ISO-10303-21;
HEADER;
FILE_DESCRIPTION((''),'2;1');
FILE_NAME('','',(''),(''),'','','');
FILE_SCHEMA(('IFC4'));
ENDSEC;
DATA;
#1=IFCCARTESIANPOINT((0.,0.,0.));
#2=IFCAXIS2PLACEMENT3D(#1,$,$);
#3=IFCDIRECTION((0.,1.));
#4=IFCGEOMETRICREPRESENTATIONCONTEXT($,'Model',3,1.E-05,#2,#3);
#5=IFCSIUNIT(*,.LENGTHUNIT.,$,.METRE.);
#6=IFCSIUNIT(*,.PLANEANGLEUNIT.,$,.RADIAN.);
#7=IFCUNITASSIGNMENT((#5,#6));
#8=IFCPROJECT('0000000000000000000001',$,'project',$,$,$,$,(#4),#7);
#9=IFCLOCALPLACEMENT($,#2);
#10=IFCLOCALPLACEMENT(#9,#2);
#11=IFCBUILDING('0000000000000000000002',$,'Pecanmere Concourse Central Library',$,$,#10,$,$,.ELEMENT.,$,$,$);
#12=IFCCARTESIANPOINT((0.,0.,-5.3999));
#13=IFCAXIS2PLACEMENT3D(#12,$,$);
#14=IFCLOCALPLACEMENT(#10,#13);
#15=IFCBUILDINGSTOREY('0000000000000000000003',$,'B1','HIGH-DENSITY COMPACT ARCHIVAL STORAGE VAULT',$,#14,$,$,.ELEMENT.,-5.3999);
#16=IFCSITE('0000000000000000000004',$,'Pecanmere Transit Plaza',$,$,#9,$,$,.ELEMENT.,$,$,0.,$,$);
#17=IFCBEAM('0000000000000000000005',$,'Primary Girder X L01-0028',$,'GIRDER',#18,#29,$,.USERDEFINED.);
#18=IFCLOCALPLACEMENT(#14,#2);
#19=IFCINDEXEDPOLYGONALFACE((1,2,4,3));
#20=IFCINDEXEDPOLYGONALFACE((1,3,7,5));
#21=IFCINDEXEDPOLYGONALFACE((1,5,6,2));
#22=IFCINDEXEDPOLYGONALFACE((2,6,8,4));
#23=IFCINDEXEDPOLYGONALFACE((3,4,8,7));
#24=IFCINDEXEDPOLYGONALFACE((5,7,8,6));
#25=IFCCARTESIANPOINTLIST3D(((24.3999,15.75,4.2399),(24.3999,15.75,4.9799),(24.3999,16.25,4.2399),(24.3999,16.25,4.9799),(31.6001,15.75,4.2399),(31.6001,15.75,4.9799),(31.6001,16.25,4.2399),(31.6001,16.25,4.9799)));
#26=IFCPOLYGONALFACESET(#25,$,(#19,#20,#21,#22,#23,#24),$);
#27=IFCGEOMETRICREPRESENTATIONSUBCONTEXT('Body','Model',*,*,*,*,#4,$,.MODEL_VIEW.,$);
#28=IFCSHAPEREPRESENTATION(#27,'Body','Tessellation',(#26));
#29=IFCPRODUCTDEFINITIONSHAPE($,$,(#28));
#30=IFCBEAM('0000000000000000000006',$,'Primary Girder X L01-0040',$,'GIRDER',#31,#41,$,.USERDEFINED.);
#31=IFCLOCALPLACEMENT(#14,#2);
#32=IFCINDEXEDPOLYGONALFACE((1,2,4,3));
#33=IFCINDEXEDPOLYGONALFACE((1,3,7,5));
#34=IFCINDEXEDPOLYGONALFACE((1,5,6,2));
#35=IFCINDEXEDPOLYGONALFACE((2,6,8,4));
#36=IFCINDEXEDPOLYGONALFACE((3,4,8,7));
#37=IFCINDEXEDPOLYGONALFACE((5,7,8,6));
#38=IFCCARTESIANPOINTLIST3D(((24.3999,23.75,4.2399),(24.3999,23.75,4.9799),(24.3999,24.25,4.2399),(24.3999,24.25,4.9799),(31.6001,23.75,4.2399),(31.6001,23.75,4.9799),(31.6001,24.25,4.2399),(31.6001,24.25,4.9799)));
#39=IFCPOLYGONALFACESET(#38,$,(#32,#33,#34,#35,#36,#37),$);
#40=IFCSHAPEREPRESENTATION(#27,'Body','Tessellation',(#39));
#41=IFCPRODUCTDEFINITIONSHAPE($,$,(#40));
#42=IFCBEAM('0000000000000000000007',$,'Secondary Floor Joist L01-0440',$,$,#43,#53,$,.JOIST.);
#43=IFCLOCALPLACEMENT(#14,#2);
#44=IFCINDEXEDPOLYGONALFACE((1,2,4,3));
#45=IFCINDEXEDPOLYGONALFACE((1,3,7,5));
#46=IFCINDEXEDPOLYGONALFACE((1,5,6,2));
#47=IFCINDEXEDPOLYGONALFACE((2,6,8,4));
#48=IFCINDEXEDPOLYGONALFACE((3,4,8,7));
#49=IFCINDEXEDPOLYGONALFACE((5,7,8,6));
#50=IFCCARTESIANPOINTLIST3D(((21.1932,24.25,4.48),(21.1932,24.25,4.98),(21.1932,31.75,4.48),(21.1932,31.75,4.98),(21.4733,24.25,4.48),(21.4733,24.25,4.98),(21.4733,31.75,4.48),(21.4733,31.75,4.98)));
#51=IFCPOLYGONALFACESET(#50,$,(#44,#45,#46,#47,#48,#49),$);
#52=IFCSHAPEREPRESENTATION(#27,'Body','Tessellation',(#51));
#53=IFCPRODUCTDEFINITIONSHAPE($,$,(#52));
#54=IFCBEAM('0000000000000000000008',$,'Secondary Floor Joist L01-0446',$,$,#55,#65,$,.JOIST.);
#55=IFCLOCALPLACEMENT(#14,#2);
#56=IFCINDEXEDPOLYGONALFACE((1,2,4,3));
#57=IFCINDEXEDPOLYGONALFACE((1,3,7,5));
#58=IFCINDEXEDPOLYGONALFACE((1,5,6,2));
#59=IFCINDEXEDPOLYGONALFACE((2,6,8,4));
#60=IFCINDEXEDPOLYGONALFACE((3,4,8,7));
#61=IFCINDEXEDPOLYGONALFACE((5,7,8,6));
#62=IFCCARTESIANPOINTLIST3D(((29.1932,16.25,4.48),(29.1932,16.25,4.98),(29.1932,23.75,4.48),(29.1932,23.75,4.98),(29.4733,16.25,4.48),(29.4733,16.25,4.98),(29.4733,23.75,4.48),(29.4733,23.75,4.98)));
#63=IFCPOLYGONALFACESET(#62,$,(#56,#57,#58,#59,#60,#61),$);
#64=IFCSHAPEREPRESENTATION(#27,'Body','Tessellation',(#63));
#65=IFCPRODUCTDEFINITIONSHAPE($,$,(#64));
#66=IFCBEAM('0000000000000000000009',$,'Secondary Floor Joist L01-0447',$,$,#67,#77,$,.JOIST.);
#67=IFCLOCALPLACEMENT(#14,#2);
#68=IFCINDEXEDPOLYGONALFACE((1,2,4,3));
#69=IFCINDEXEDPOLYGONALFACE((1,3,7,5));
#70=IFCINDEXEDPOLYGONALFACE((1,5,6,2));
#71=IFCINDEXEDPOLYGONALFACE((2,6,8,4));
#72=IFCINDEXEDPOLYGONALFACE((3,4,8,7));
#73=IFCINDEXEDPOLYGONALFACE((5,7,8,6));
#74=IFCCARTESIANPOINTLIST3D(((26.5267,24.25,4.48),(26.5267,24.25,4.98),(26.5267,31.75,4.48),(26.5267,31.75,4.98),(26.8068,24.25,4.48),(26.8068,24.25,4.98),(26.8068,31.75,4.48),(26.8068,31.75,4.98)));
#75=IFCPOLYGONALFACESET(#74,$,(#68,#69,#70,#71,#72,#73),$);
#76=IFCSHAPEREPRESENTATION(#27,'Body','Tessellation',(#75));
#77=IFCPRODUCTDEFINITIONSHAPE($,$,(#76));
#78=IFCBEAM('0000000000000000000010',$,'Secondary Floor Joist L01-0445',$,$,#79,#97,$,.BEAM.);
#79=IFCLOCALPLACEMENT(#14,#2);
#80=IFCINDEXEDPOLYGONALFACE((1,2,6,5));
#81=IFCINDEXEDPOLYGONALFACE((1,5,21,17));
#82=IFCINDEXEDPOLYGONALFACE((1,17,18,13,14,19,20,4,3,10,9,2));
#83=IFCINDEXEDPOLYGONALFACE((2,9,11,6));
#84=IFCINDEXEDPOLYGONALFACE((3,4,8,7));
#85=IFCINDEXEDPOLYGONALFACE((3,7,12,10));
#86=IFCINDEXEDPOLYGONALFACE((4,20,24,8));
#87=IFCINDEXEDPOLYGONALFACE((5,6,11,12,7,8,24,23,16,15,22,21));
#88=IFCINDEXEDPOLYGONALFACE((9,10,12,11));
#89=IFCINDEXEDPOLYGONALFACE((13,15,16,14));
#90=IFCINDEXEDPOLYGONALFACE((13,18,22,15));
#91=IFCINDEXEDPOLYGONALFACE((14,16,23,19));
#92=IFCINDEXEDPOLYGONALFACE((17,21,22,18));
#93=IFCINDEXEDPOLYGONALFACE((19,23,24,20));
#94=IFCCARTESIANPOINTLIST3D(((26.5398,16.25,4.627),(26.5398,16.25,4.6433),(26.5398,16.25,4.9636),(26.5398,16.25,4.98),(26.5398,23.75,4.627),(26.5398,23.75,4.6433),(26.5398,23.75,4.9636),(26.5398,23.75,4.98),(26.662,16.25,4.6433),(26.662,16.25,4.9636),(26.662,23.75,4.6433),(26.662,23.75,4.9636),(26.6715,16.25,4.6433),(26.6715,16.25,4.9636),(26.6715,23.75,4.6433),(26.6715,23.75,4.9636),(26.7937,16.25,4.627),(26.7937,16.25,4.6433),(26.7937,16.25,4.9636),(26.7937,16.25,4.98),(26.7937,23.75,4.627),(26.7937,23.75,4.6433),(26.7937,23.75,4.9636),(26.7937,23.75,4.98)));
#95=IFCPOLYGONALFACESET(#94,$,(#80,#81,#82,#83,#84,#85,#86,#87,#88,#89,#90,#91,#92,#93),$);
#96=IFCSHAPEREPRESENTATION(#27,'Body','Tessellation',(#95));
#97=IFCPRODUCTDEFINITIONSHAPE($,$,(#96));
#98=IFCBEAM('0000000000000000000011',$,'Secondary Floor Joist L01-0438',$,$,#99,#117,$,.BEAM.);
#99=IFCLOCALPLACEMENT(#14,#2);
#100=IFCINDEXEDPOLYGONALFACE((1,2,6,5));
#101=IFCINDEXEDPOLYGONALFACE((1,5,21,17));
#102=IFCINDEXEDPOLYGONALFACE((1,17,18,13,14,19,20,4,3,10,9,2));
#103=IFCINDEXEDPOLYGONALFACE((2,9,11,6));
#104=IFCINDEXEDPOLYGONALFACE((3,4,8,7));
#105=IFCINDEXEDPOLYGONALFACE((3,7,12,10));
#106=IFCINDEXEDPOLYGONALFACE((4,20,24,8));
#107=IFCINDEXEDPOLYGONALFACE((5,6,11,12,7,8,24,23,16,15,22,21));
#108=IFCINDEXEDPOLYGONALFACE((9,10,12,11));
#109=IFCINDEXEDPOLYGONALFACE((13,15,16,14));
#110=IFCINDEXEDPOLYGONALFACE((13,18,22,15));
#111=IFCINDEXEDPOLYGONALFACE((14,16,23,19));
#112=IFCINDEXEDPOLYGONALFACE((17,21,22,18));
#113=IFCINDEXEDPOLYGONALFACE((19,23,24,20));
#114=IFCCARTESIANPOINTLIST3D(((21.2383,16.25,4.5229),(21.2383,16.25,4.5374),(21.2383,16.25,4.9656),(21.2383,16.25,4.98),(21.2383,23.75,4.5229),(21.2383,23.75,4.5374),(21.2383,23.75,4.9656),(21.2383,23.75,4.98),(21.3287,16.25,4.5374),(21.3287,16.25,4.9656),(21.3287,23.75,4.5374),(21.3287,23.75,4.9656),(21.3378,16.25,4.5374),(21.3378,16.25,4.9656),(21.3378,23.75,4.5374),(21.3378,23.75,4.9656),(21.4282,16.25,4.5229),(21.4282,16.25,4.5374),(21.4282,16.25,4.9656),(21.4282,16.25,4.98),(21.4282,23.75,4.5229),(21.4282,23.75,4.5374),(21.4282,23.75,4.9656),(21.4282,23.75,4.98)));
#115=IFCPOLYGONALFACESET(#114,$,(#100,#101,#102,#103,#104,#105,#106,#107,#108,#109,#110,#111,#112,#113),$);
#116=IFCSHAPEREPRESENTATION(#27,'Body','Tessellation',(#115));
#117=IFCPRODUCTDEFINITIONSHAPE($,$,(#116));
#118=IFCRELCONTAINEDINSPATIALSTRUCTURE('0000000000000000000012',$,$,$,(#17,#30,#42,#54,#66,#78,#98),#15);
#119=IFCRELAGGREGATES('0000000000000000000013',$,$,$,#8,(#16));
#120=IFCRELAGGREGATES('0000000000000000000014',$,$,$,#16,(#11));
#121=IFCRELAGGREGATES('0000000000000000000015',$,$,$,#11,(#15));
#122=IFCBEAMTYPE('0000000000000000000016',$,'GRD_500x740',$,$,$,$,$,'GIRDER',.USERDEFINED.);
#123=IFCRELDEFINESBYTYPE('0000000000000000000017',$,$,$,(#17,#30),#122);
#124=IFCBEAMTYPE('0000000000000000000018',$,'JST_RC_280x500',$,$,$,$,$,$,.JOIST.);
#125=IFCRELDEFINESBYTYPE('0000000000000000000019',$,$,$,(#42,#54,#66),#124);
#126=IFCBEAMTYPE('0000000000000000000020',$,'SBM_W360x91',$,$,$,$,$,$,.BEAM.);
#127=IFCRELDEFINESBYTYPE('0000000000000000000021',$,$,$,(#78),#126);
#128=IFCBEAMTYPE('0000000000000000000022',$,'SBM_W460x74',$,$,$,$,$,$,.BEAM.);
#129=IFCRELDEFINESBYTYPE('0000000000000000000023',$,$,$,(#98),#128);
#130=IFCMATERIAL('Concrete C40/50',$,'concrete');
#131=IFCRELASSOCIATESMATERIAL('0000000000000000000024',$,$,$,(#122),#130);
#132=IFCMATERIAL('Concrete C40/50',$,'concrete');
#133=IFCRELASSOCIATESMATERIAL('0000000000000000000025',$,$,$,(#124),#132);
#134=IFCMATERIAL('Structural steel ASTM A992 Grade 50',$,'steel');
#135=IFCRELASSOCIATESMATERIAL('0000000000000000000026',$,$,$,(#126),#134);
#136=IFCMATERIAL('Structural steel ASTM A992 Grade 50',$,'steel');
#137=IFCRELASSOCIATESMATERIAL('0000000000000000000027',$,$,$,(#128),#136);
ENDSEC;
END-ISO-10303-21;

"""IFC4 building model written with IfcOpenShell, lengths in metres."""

from ifc_helpers import new_model, si_unit, direction, frame, origin, origin_2d, place, context, subcontext, project, spatial, rectangle, i_section, extrude, material, material_profile, profile_set, type_object, element, save


model = new_model("IFC4")

# Units and contexts
model_context = context("Model", 3, precision=1e-05, world=origin(), true_north=direction((0.0, 1.0)))
body_context = subcontext(model_context, "Body", "Model", "MODEL_VIEW")
ifc_project = project(units=[si_unit("LENGTHUNIT", "METRE"), si_unit("PLANEANGLEUNIT", "RADIAN")], contexts=[model_context])

# Site, building, storey
site_placement = place(None, origin())
site = spatial("IfcSite", under=ifc_project, at=site_placement, Name="Pecanmere Transit Plaza", CompositionType="ELEMENT", RefElevation=0.0)
building_placement = place(site_placement, origin())
building = spatial("IfcBuilding", under=site, at=building_placement, Name="Pecanmere Concourse Central Library", CompositionType="ELEMENT")
storey_placement = place(building_placement, frame((0.0, 0.0, -5.3999)))
storey = spatial("IfcBuildingStorey", under=building, at=storey_placement, Name="B1", Description="HIGH-DENSITY COMPACT ARCHIVAL STORAGE VAULT", CompositionType="ELEMENT", Elevation=-5.3999)

# Beams
ifc_material_1 = material(Name="Concrete C40/50", Category="concrete")
ifc_material_profile_1 = material_profile(ifc_material_1, rectangle(XDim=0.5, YDim=0.74, at=origin_2d()), Name="RC 500x740")
ifc_profile_set_1 = profile_set([ifc_material_profile_1], Name="Concrete C40/50")
beam_type_1 = type_object("IfcBeamType", Name="GRD_500x740", ElementType="GIRDER", PredefinedType="USERDEFINED", material=ifc_profile_set_1)
for number, where, z_axis, x_axis, name in (
    (1, (24.3999, 16.0, 4.6099), (1.0, 0.0, 0.0), (0.0, 1.0, 0.0), "Primary Girder X L01-0028"),
    (2, (24.3999, 24.0, 4.6099), (1.0, 0.0, 0.0), (0.0, 1.0, 0.0), "Primary Girder X L01-0040"),
):
    element("IfcBeam", number, at=place(storey_placement, frame(where, z_axis=z_axis, x_axis=x_axis)), inside=storey, type_object=beam_type_1, Name=name, ObjectType="GIRDER", PredefinedType="USERDEFINED", context=body_context, shape_type="SweptSolid", body=[
        extrude(rectangle(XDim=0.5, YDim=0.74, at=origin_2d()), origin(), (0.0, 0.0, 1.0), 7.2002),
    ])
ifc_material_2 = material(Name="Concrete C40/50", Category="concrete")
ifc_material_profile_2 = material_profile(ifc_material_2, rectangle(XDim=0.28, YDim=0.5, at=origin_2d()), Name="RC 280x500")
ifc_profile_set_2 = profile_set([ifc_material_profile_2], Name="Concrete C40/50")
beam_type_2 = type_object("IfcBeamType", Name="JST_RC_280x500", PredefinedType="JOIST", material=ifc_profile_set_2)
for number, where, z_axis, x_axis, name in (
    (3, (21.3333, 24.25, 4.73), (0.0, 1.0, 0.0), (-1.0, 0.0, 0.0), "Secondary Floor Joist L01-0440"),
    (4, (29.3333, 16.25, 4.73), (0.0, 1.0, 0.0), (-1.0, 0.0, 0.0), "Secondary Floor Joist L01-0446"),
    (5, (26.6667, 24.25, 4.73), (0.0, 1.0, 0.0), (-1.0, 0.0, 0.0), "Secondary Floor Joist L01-0447"),
):
    element("IfcBeam", number, at=place(storey_placement, frame(where, z_axis=z_axis, x_axis=x_axis)), inside=storey, type_object=beam_type_2, Name=name, PredefinedType="JOIST", context=body_context, shape_type="SweptSolid", body=[
        extrude(rectangle(XDim=0.28, YDim=0.5, at=origin_2d()), origin(), (0.0, 0.0, 1.0), 7.5),
    ])
ifc_material_3 = material(Name="Structural steel ASTM A992 Grade 50", Category="steel")
ifc_material_profile_3 = material_profile(ifc_material_3, i_section(OverallWidth=0.2539, OverallDepth=0.353, WebThickness=0.0095, FlangeThickness=0.0164, at=origin_2d()), Name="W360x91")
ifc_profile_set_3 = profile_set([ifc_material_profile_3], Name="Structural steel ASTM A992 Grade 50")
beam_type_3 = type_object("IfcBeamType", Name="SBM_W360x91", PredefinedType="BEAM", material=ifc_profile_set_3)
beam_1_placement = place(storey_placement, frame((26.6667, 16.25, 4.8035), z_axis=(0.0, 1.0, 0.0), x_axis=(-1.0, 0.0, 0.0)))
element("IfcBeam", 6, at=beam_1_placement, inside=storey, type_object=beam_type_3, Name="Secondary Floor Joist L01-0445", PredefinedType="BEAM", context=body_context, shape_type="SweptSolid", body=[
    extrude(i_section(OverallWidth=0.2539, OverallDepth=0.353, WebThickness=0.0095, FlangeThickness=0.0164, at=origin_2d()), origin(), (0.0, 0.0, 1.0), 7.5),
])
ifc_material_4 = material(Name="Structural steel ASTM A992 Grade 50", Category="steel")
ifc_material_profile_4 = material_profile(ifc_material_4, i_section(OverallWidth=0.1899, OverallDepth=0.457, WebThickness=0.009, FlangeThickness=0.0144, at=origin_2d()), Name="W460x74")
ifc_profile_set_4 = profile_set([ifc_material_profile_4], Name="Structural steel ASTM A992 Grade 50")
beam_type_4 = type_object("IfcBeamType", Name="SBM_W460x74", PredefinedType="BEAM", material=ifc_profile_set_4)
beam_2_placement = place(storey_placement, frame((21.3333, 16.25, 4.7515), z_axis=(0.0, 1.0, 0.0), x_axis=(-1.0, 0.0, 0.0)))
element("IfcBeam", 7, at=beam_2_placement, inside=storey, type_object=beam_type_4, Name="Secondary Floor Joist L01-0438", PredefinedType="BEAM", context=body_context, shape_type="SweptSolid", body=[
    extrude(i_section(OverallWidth=0.1899, OverallDepth=0.457, WebThickness=0.009, FlangeThickness=0.0144, at=origin_2d()), origin(), (0.0, 0.0, 1.0), 7.5),
])

save(model, "model.ifc")
